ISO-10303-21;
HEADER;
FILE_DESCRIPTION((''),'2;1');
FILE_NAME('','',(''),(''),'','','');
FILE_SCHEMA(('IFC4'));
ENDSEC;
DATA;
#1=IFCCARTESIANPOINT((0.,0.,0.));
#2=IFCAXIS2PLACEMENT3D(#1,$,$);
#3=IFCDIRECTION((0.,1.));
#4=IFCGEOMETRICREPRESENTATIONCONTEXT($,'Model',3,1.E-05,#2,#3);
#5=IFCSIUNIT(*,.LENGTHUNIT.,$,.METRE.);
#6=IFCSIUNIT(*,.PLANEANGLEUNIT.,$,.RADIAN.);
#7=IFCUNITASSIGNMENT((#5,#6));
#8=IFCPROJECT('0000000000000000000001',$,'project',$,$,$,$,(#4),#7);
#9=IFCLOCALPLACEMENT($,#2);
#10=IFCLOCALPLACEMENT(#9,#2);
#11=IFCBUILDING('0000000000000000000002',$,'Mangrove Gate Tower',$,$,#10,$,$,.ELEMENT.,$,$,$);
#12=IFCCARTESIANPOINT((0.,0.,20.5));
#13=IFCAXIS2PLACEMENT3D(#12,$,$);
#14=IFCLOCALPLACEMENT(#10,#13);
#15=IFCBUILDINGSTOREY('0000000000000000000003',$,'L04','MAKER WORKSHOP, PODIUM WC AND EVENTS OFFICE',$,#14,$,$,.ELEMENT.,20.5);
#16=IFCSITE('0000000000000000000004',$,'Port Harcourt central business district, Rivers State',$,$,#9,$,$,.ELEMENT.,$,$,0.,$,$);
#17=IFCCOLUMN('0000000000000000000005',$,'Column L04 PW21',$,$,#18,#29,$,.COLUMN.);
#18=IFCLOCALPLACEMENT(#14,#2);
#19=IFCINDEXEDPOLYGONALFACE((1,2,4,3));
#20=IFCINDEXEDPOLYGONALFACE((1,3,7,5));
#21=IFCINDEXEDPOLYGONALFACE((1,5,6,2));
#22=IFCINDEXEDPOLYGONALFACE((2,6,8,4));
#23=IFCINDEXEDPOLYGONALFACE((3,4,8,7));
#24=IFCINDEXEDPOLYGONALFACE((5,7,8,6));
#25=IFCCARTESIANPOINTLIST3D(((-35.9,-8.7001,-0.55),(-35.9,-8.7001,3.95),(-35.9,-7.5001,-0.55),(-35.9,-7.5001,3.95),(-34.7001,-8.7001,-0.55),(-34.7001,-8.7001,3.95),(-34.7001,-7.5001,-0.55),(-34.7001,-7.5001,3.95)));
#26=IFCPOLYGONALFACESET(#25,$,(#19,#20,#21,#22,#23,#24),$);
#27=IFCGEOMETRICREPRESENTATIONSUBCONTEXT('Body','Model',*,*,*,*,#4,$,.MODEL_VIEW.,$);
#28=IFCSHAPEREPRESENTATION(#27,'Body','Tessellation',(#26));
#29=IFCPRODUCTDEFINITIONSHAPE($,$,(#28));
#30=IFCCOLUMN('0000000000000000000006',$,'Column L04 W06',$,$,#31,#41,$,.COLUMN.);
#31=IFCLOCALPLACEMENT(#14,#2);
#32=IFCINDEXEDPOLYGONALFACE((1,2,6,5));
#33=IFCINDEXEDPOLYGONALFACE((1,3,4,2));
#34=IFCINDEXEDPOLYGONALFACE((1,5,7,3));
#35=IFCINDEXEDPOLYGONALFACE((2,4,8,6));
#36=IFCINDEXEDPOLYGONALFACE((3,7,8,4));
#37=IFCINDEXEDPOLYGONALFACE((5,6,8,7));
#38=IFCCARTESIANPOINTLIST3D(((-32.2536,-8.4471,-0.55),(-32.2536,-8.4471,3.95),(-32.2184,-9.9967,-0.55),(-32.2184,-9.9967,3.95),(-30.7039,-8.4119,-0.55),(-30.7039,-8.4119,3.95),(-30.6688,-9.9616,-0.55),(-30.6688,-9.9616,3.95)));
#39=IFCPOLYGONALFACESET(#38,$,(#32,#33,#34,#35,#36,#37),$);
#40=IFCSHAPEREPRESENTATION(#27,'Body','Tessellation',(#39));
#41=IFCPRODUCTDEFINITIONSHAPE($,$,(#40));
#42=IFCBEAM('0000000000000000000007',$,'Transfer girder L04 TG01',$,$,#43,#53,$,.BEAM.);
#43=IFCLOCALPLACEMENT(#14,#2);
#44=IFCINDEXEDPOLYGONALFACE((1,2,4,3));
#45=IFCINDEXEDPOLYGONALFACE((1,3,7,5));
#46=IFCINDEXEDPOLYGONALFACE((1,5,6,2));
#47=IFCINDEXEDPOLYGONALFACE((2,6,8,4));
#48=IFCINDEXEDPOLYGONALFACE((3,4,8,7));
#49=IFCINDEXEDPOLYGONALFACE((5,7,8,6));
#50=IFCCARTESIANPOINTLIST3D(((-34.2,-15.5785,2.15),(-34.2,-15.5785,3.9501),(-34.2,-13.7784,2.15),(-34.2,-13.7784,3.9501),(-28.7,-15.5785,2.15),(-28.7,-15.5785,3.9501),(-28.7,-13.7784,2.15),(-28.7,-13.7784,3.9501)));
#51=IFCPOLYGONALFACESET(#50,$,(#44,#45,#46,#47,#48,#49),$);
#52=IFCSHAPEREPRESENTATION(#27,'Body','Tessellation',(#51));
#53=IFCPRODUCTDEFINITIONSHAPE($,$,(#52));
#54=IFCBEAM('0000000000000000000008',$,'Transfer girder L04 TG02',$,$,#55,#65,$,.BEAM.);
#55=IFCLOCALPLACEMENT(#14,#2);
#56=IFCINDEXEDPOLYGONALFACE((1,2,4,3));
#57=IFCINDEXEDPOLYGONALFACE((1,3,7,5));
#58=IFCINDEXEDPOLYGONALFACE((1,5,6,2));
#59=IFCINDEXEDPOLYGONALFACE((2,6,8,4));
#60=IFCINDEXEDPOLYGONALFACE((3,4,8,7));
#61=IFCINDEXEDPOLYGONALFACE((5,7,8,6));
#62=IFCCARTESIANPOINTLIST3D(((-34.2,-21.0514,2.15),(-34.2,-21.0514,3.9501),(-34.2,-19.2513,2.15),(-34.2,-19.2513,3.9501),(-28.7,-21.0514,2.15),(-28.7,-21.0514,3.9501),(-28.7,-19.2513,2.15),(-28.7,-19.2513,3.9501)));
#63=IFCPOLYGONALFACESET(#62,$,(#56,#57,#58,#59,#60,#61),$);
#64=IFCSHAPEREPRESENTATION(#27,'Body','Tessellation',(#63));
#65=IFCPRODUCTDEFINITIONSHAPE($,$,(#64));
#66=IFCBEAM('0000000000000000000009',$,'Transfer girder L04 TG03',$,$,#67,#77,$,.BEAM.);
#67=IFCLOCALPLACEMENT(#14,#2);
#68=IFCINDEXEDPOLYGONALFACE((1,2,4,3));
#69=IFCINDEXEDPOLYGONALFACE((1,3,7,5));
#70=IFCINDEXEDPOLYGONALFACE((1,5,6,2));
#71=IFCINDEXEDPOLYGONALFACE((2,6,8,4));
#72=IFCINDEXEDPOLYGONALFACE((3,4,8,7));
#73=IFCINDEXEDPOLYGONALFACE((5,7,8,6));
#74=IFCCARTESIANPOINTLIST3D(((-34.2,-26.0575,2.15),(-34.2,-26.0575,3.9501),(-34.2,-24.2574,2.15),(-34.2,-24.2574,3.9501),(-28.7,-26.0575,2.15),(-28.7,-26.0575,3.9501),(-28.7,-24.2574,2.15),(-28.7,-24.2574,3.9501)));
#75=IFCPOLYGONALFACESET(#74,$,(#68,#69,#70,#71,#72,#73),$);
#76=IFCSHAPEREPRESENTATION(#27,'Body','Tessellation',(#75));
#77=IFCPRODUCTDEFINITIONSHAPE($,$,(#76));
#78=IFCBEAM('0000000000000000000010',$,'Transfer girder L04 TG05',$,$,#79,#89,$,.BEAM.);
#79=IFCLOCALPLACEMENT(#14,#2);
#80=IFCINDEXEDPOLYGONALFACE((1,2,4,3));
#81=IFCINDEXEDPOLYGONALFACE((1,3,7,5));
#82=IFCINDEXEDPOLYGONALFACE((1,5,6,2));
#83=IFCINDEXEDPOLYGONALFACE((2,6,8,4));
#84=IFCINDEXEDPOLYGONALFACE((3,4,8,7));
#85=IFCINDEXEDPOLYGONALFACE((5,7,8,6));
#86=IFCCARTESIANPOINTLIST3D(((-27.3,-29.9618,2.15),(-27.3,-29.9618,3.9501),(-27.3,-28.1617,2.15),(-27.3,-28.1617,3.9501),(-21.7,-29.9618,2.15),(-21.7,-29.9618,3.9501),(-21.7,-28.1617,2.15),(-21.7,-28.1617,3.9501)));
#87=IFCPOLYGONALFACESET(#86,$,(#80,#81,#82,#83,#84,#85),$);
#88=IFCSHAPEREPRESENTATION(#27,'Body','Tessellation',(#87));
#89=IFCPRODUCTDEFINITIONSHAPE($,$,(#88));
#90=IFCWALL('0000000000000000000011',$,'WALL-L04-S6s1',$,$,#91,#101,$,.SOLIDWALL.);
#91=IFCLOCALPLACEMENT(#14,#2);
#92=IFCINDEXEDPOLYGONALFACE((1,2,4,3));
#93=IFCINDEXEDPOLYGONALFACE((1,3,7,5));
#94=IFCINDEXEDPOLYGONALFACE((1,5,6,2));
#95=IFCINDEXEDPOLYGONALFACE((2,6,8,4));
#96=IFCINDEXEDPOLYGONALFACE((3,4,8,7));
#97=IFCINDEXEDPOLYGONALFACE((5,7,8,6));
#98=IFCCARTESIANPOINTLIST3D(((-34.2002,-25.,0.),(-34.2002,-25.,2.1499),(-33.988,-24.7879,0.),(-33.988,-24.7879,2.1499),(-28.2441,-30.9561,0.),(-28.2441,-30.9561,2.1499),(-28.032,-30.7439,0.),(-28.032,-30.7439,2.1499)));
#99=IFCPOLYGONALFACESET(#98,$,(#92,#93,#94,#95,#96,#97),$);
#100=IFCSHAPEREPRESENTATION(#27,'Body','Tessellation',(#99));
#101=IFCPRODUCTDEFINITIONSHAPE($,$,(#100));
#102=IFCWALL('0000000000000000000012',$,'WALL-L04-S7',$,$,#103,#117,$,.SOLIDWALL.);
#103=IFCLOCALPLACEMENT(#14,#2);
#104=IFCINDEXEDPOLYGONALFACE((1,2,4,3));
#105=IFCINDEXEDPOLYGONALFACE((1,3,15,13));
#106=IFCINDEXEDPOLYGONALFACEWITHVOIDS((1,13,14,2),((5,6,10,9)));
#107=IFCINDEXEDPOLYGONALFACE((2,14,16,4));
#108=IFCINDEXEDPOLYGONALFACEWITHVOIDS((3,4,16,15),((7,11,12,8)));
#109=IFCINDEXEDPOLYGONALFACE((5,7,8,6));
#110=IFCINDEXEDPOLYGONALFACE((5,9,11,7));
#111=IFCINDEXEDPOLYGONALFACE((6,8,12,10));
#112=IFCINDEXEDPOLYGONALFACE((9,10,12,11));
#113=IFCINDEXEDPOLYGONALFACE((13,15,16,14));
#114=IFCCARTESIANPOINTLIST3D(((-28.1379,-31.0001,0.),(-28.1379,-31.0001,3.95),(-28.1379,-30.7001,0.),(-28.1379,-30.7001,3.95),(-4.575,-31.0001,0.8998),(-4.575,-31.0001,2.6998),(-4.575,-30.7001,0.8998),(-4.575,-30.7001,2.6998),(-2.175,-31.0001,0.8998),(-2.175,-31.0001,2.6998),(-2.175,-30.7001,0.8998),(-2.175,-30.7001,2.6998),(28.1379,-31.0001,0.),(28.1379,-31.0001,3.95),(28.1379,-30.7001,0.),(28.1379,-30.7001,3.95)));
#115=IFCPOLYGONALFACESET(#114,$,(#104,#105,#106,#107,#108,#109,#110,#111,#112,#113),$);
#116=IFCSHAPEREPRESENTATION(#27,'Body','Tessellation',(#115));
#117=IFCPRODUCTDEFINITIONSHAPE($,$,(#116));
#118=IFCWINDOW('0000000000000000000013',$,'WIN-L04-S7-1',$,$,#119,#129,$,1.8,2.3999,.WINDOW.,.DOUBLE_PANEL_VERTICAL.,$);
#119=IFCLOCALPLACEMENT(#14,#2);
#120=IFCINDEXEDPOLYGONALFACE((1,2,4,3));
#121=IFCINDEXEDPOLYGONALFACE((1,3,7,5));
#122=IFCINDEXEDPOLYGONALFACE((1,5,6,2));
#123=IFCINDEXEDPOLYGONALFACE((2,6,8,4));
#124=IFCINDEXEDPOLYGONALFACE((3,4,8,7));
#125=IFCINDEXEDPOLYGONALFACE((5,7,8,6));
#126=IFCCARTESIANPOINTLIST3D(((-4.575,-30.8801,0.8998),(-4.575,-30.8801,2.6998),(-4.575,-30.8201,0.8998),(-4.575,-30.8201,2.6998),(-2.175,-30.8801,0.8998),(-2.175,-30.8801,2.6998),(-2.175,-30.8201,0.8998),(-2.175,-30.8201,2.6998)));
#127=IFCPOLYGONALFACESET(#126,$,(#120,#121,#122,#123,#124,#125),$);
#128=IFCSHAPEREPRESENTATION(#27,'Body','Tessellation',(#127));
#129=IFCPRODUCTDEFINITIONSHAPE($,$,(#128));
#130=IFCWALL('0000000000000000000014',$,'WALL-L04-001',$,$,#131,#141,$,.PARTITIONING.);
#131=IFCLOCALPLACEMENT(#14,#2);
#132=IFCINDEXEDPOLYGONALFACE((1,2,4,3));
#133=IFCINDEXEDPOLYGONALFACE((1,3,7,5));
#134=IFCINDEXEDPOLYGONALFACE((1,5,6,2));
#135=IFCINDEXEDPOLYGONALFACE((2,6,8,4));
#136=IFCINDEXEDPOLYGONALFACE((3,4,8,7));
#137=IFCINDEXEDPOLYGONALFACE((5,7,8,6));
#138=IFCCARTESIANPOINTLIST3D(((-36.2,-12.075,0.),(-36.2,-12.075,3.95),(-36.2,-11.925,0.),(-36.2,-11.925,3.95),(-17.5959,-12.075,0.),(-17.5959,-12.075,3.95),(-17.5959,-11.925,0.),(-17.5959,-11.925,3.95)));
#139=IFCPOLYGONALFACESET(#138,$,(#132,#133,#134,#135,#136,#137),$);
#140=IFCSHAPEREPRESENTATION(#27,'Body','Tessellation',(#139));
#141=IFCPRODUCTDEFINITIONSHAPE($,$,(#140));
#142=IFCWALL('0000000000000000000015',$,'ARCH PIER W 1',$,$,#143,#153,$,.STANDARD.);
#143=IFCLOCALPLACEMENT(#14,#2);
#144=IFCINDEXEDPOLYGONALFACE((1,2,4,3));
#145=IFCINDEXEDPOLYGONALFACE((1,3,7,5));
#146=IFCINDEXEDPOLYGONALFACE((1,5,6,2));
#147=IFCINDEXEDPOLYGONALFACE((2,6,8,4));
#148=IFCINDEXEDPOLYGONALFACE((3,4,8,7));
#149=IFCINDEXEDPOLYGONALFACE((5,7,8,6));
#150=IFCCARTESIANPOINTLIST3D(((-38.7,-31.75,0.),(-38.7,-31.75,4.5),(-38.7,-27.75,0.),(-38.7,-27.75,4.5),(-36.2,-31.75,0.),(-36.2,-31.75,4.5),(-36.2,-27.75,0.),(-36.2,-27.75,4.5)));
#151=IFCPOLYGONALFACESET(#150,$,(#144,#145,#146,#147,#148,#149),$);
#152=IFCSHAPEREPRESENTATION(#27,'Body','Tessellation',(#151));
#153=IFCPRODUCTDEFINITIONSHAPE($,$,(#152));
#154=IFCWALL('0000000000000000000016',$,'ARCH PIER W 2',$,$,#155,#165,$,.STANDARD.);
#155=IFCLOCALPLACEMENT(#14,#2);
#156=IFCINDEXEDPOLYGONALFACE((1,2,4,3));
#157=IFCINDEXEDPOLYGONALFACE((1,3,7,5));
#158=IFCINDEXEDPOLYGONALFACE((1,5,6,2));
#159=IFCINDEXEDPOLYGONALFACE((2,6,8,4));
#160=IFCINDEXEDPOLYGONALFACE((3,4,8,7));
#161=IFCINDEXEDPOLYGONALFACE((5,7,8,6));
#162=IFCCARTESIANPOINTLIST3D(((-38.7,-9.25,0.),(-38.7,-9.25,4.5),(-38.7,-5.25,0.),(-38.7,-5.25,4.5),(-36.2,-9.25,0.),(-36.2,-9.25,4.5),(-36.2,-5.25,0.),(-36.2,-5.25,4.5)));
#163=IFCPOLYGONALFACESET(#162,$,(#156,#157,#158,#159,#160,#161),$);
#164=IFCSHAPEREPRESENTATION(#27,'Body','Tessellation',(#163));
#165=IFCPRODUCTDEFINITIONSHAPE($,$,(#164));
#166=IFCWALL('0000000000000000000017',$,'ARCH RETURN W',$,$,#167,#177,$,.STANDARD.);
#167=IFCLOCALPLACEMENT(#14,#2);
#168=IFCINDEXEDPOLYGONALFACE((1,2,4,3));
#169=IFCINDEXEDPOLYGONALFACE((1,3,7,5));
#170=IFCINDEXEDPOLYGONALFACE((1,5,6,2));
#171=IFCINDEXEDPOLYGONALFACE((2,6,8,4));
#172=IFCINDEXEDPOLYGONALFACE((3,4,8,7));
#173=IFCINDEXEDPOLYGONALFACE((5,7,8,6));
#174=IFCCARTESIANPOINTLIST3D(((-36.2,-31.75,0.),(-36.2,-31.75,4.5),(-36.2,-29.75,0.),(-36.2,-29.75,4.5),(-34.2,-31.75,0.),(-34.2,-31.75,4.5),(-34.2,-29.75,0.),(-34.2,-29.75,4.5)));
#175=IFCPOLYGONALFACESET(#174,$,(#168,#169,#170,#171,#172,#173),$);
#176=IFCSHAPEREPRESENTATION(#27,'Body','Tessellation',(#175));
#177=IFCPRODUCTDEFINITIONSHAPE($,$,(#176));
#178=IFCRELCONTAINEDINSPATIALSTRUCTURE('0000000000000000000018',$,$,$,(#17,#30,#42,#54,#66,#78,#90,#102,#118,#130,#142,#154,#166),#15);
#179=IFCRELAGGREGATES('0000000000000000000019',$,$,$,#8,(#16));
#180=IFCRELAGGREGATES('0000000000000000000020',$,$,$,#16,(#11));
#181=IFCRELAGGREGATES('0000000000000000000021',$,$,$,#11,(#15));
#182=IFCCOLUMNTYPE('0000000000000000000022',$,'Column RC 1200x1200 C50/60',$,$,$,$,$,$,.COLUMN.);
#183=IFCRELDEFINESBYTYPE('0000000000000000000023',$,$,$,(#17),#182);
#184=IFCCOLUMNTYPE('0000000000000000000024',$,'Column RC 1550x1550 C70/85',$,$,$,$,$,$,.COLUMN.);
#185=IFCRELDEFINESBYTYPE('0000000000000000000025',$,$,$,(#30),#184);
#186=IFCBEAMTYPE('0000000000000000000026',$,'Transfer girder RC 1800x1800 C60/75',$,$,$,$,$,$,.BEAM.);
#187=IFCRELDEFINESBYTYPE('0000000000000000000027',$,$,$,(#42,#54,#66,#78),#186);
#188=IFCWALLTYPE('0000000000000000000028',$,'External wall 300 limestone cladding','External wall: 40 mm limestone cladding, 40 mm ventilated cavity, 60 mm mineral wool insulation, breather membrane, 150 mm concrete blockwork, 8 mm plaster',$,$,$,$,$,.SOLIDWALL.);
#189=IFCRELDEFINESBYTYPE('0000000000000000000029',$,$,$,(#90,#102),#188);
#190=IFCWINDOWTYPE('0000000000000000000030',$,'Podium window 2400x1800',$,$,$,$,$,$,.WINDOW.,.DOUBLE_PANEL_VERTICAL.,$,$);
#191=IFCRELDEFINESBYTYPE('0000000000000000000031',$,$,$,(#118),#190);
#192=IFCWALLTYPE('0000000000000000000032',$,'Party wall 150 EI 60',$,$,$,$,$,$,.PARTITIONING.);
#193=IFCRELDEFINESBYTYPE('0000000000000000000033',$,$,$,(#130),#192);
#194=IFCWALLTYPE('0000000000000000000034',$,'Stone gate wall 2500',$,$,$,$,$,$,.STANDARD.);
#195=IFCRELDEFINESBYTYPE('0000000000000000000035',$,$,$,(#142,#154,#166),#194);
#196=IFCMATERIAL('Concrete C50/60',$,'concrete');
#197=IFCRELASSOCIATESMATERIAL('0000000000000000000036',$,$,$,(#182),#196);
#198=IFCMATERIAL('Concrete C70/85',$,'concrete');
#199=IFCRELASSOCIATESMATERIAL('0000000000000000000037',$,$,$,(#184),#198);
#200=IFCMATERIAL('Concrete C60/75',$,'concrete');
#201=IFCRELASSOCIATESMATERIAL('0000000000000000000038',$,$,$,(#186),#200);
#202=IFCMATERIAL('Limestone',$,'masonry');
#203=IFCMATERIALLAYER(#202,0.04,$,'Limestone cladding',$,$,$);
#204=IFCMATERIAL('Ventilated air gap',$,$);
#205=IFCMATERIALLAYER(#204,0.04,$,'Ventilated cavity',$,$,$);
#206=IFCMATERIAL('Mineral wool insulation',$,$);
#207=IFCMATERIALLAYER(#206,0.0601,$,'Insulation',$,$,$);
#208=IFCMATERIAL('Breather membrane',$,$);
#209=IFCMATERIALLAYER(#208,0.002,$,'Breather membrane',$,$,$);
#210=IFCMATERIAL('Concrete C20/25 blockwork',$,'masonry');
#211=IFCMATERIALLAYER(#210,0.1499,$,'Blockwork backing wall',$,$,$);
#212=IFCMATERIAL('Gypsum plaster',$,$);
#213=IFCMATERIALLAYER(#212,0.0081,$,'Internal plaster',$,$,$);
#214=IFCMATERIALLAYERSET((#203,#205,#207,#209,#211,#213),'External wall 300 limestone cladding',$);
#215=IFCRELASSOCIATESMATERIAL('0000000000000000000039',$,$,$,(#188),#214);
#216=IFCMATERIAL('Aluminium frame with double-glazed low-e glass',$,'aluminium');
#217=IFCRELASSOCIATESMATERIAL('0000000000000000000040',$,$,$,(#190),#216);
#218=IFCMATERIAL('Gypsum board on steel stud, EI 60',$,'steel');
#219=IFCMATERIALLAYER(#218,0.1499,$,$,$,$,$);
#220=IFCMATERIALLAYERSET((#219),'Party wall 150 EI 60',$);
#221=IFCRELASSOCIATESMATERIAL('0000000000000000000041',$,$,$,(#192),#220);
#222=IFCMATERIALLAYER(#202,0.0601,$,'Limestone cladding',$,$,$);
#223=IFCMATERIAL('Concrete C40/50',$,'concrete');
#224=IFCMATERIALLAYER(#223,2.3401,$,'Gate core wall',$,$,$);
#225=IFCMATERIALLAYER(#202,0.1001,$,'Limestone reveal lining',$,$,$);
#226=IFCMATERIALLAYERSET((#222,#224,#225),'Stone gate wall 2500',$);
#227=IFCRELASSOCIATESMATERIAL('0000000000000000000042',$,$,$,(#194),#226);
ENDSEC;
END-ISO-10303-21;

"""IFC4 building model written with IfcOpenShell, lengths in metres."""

from ifc_helpers import new_model, si_unit, direction, frame, frame_2d, origin, origin_2d, place, context, subcontext, project, spatial, rectangle, extrude, material, layer, layer_set, material_profile, profile_set, type_object, element, fill, save


model = new_model("IFC4")

# Units and contexts
model_context = context("Model", 3, precision=1e-05, world=origin(), true_north=direction((0.0, 1.0)))
body_context = subcontext(model_context, "Body", "Model", "MODEL_VIEW")
ifc_project = project(units=[si_unit("LENGTHUNIT", "METRE"), si_unit("PLANEANGLEUNIT", "RADIAN")], contexts=[model_context])

# Site, building, storey
site_placement = place(None, origin())
site = spatial("IfcSite", under=ifc_project, at=site_placement, Name="Port Harcourt central business district, Rivers State", CompositionType="ELEMENT", RefElevation=0.0)
building_placement = place(site_placement, origin())
building = spatial("IfcBuilding", under=site, at=building_placement, Name="Mangrove Gate Tower", CompositionType="ELEMENT")
storey_placement = place(building_placement, frame((0.0, 0.0, 20.5)))
storey = spatial("IfcBuildingStorey", under=building, at=storey_placement, Name="L04", Description="MAKER WORKSHOP, PODIUM WC AND EVENTS OFFICE", CompositionType="ELEMENT", Elevation=20.5)

# Columns
ifc_material_1 = material(Name="Concrete C50/60", Category="concrete")
ifc_material_profile_1 = material_profile(ifc_material_1, rectangle(XDim=1.2, YDim=1.2, at=origin_2d()))
ifc_profile_set_1 = profile_set([ifc_material_profile_1], Name="Concrete C50/60")
column_type_1 = type_object("IfcColumnType", Name="Column RC 1200x1200 C50/60", PredefinedType="COLUMN", material=ifc_profile_set_1)
column_1_placement = place(storey_placement, frame((-35.3, -8.1001, -0.55), z_axis=(0.0, 0.0, 1.0), x_axis=(1.0, 0.0, 0.0)))
element("IfcColumn", 1, at=column_1_placement, inside=storey, type_object=column_type_1, Name="Column L04 PW21", PredefinedType="COLUMN", context=body_context, shape_type="SweptSolid", body=[
    extrude(rectangle(XDim=1.2, YDim=1.2, at=origin_2d()), origin(), (0.0, 0.0, 1.0), 4.5),
])
ifc_material_2 = material(Name="Concrete C70/85", Category="concrete")
ifc_material_profile_2 = material_profile(ifc_material_2, rectangle(XDim=1.55, YDim=1.55, at=origin_2d()))
ifc_profile_set_2 = profile_set([ifc_material_profile_2], Name="Concrete C70/85")
column_type_2 = type_object("IfcColumnType", Name="Column RC 1550x1550 C70/85", PredefinedType="COLUMN", material=ifc_profile_set_2)
column_2_placement = place(storey_placement, frame((-31.4612, -9.2043, -0.55), z_axis=(0.0, 0.0, 1.0), x_axis=(0.022678, -0.999743, 0.0)))
element("IfcColumn", 2, at=column_2_placement, inside=storey, type_object=column_type_2, Name="Column L04 W06", PredefinedType="COLUMN", context=body_context, shape_type="SweptSolid", body=[
    extrude(rectangle(XDim=1.55, YDim=1.55, at=origin_2d()), origin(), (0.0, 0.0, 1.0), 4.5),
])

# Beams
ifc_material_3 = material(Name="Concrete C60/75", Category="concrete")
ifc_material_profile_3 = material_profile(ifc_material_3, rectangle(XDim=1.8, YDim=1.8, at=origin_2d()))
ifc_profile_set_3 = profile_set([ifc_material_profile_3], Name="Concrete C60/75")
beam_type = type_object("IfcBeamType", Name="Transfer girder RC 1800x1800 C60/75", PredefinedType="BEAM", material=ifc_profile_set_3)
for number, where, z_axis, x_axis, name in (
    (3, (-34.2, -14.6785, 3.05), (1.0, 0.0, 0.0), (0.0, 1.0, 0.0), "Transfer girder L04 TG01"),
    (4, (-34.2, -20.1514, 3.05), (1.0, 0.0, 0.0), (0.0, 1.0, 0.0), "Transfer girder L04 TG02"),
    (5, (-34.2, -25.1575, 3.05), (1.0, 0.0, 0.0), (0.0, 1.0, 0.0), "Transfer girder L04 TG03"),
):
    element("IfcBeam", number, at=place(storey_placement, frame(where, z_axis=z_axis, x_axis=x_axis)), inside=storey, type_object=beam_type, Name=name, PredefinedType="BEAM", context=body_context, shape_type="SweptSolid", body=[
        extrude(rectangle(XDim=1.8, YDim=1.8, at=origin_2d()), origin(), (0.0, 0.0, 1.0), 5.5),
    ])
beam_placement = place(storey_placement, frame((-27.3, -29.0618, 3.05), z_axis=(1.0, 0.0, 0.0), x_axis=(0.0, 1.0, 0.0)))
element("IfcBeam", 6, at=beam_placement, inside=storey, type_object=beam_type, Name="Transfer girder L04 TG05", PredefinedType="BEAM", context=body_context, shape_type="SweptSolid", body=[
    extrude(rectangle(XDim=1.8, YDim=1.8, at=origin_2d()), origin(), (0.0, 0.0, 1.0), 5.6001),
])

# Wall
ifc_material_4 = material(Name="Limestone", Category="masonry")
ifc_layer_1 = layer(ifc_material_4, 0.04, Name="Limestone cladding")
ifc_material_5 = material(Name="Ventilated air gap")
ifc_layer_2 = layer(ifc_material_5, 0.04, Name="Ventilated cavity")
ifc_material_6 = material(Name="Mineral wool insulation")
ifc_layer_3 = layer(ifc_material_6, 0.0601, Name="Insulation")
ifc_material_7 = material(Name="Breather membrane")
ifc_layer_4 = layer(ifc_material_7, 0.002, Name="Breather membrane")
ifc_material_8 = material(Name="Concrete C20/25 blockwork", Category="masonry")
ifc_layer_5 = layer(ifc_material_8, 0.1499, Name="Blockwork backing wall")
ifc_material_9 = material(Name="Gypsum plaster")
ifc_layer_6 = layer(ifc_material_9, 0.0081, Name="Internal plaster")
ifc_layer_set_1 = layer_set([ifc_layer_1, ifc_layer_2, ifc_layer_3, ifc_layer_4, ifc_layer_5, ifc_layer_6], Name="External wall 300 limestone cladding")
wall_type_1 = type_object("IfcWallType", Name="External wall 300 limestone cladding", Description="External wall: 40 mm limestone cladding, 40 mm ventilated cavity, 60 mm mineral wool insulation, breather membrane, 150 mm concrete blockwork, 8 mm plaster", PredefinedType="SOLIDWALL", material=ifc_layer_set_1)
wall_1_placement = place(storey_placement, frame((-34.094, -24.894, 0.0), z_axis=(0.0, 0.0, 1.0), x_axis=(0.707107, -0.707107, 0.0)))
element("IfcWall", 7, at=wall_1_placement, inside=storey, type_object=wall_type_1, Name="WALL-L04-S6s1", PredefinedType="SOLIDWALL", context=body_context, shape_type="SweptSolid", body=[
    extrude(rectangle(XDim=8.4231, YDim=0.3, at=frame_2d((4.2114, 0.0))), origin(), (0.0, 0.0, 1.0), 2.1499),
])

# Wall, opening, window
wall_2_placement = place(storey_placement, frame((-28.1379, -30.8501, 0.0), z_axis=(0.0, 0.0, 1.0), x_axis=(1.0, 0.0, 0.0)))
wall_2 = element("IfcWall", 8, at=wall_2_placement, inside=storey, type_object=wall_type_1, Name="WALL-L04-S7", PredefinedType="SOLIDWALL", context=body_context, shape_type="SweptSolid", body=[
    extrude(rectangle(XDim=56.2759, YDim=0.3, at=frame_2d((28.1379, 0.0))), origin(), (0.0, 0.0, 1.0), 3.95),
])
opening_placement = place(wall_2_placement, frame((23.563, 0.0, 0.8999)))
opening = element("IfcOpeningElement", 9, at=opening_placement, cuts=wall_2, PredefinedType="OPENING", context=body_context, shape_type="SweptSolid", body=[
    extrude(rectangle(XDim=2.3999, YDim=1.8, at=frame_2d((1.2, 0.8999))), frame((0.0, 0.1599, 0.0), z_axis=(0.0, -1.0, 0.0), x_axis=(1.0, 0.0, 0.0)), (0.0, 0.0, 1.0), 0.3201),
])
ifc_material_10 = material(Name="Aluminium frame with double-glazed low-e glass", Category="aluminium")
window_type = type_object("IfcWindowType", Name="Podium window 2400x1800", PartitioningType="DOUBLE_PANEL_VERTICAL", PredefinedType="WINDOW", material=ifc_material_10)
window_placement = place(opening_placement, origin())
window = element("IfcWindow", 10, at=window_placement, inside=storey, type_object=window_type, Name="WIN-L04-S7-1", OverallHeight=1.8, OverallWidth=2.3999, PartitioningType="DOUBLE_PANEL_VERTICAL", PredefinedType="WINDOW", context=body_context, shape_type="SweptSolid", body=[
    extrude(rectangle(XDim=2.3999, YDim=1.8, at=frame_2d((1.2, 0.8999))), frame((0.0, 0.03, 0.0), z_axis=(0.0, -1.0, 0.0), x_axis=(1.0, 0.0, 0.0)), (0.0, 0.0, 1.0), 0.0601),
])
fill(opening, window)

# Walls
ifc_material_11 = material(Name="Gypsum board on steel stud, EI 60", Category="steel")
ifc_layer_7 = layer(ifc_material_11, 0.1499)
ifc_layer_set_2 = layer_set([ifc_layer_7], Name="Party wall 150 EI 60")
wall_type_2 = type_object("IfcWallType", Name="Party wall 150 EI 60", PredefinedType="PARTITIONING", material=ifc_layer_set_2)
wall_3_placement = place(storey_placement, frame((-36.2, -12.0, 0.0), z_axis=(0.0, 0.0, 1.0), x_axis=(1.0, 0.0, 0.0)))
element("IfcWall", 11, at=wall_3_placement, inside=storey, type_object=wall_type_2, Name="WALL-L04-001", PredefinedType="PARTITIONING", context=body_context, shape_type="SweptSolid", body=[
    extrude(rectangle(XDim=18.604, YDim=0.1499, at=frame_2d((9.302, 0.0))), origin(), (0.0, 0.0, 1.0), 3.95),
])
ifc_layer_8 = layer(ifc_material_4, 0.0601, Name="Limestone cladding")
ifc_material_12 = material(Name="Concrete C40/50", Category="concrete")
ifc_layer_9 = layer(ifc_material_12, 2.3401, Name="Gate core wall")
ifc_layer_10 = layer(ifc_material_4, 0.1001, Name="Limestone reveal lining")
ifc_layer_set_3 = layer_set([ifc_layer_8, ifc_layer_9, ifc_layer_10], Name="Stone gate wall 2500")
wall_type_3 = type_object("IfcWallType", Name="Stone gate wall 2500", PredefinedType="STANDARD", material=ifc_layer_set_3)
for number, where, z_axis, x_axis, name in (
    (12, (-37.45, -31.75, 0.0), (0.0, 0.0, 1.0), (0.0, 1.0, 0.0), "ARCH PIER W 1"),
    (13, (-37.45, -9.25, 0.0), (0.0, 0.0, 1.0), (0.0, 1.0, 0.0), "ARCH PIER W 2"),
):
    element("IfcWall", number, at=place(storey_placement, frame(where, z_axis=z_axis, x_axis=x_axis)), inside=storey, type_object=wall_type_3, Name=name, PredefinedType="STANDARD", context=body_context, shape_type="SweptSolid", body=[
        extrude(rectangle(XDim=4.0, YDim=2.5, at=frame_2d((2.0, 0.0))), origin(), (0.0, 0.0, 1.0), 4.5),
    ])
wall_4_placement = place(storey_placement, frame((-34.2, -30.75, 0.0), z_axis=(0.0, 0.0, 1.0), x_axis=(-1.0, 0.0, 0.0)))
element("IfcWall", 14, at=wall_4_placement, inside=storey, type_object=wall_type_3, Name="ARCH RETURN W", PredefinedType="STANDARD", context=body_context, shape_type="SweptSolid", body=[
    extrude(rectangle(XDim=2.0, YDim=2.0, at=frame_2d((1.0, 0.0))), origin(), (0.0, 0.0, 1.0), 4.5),
])

save(model, "model.ifc")
